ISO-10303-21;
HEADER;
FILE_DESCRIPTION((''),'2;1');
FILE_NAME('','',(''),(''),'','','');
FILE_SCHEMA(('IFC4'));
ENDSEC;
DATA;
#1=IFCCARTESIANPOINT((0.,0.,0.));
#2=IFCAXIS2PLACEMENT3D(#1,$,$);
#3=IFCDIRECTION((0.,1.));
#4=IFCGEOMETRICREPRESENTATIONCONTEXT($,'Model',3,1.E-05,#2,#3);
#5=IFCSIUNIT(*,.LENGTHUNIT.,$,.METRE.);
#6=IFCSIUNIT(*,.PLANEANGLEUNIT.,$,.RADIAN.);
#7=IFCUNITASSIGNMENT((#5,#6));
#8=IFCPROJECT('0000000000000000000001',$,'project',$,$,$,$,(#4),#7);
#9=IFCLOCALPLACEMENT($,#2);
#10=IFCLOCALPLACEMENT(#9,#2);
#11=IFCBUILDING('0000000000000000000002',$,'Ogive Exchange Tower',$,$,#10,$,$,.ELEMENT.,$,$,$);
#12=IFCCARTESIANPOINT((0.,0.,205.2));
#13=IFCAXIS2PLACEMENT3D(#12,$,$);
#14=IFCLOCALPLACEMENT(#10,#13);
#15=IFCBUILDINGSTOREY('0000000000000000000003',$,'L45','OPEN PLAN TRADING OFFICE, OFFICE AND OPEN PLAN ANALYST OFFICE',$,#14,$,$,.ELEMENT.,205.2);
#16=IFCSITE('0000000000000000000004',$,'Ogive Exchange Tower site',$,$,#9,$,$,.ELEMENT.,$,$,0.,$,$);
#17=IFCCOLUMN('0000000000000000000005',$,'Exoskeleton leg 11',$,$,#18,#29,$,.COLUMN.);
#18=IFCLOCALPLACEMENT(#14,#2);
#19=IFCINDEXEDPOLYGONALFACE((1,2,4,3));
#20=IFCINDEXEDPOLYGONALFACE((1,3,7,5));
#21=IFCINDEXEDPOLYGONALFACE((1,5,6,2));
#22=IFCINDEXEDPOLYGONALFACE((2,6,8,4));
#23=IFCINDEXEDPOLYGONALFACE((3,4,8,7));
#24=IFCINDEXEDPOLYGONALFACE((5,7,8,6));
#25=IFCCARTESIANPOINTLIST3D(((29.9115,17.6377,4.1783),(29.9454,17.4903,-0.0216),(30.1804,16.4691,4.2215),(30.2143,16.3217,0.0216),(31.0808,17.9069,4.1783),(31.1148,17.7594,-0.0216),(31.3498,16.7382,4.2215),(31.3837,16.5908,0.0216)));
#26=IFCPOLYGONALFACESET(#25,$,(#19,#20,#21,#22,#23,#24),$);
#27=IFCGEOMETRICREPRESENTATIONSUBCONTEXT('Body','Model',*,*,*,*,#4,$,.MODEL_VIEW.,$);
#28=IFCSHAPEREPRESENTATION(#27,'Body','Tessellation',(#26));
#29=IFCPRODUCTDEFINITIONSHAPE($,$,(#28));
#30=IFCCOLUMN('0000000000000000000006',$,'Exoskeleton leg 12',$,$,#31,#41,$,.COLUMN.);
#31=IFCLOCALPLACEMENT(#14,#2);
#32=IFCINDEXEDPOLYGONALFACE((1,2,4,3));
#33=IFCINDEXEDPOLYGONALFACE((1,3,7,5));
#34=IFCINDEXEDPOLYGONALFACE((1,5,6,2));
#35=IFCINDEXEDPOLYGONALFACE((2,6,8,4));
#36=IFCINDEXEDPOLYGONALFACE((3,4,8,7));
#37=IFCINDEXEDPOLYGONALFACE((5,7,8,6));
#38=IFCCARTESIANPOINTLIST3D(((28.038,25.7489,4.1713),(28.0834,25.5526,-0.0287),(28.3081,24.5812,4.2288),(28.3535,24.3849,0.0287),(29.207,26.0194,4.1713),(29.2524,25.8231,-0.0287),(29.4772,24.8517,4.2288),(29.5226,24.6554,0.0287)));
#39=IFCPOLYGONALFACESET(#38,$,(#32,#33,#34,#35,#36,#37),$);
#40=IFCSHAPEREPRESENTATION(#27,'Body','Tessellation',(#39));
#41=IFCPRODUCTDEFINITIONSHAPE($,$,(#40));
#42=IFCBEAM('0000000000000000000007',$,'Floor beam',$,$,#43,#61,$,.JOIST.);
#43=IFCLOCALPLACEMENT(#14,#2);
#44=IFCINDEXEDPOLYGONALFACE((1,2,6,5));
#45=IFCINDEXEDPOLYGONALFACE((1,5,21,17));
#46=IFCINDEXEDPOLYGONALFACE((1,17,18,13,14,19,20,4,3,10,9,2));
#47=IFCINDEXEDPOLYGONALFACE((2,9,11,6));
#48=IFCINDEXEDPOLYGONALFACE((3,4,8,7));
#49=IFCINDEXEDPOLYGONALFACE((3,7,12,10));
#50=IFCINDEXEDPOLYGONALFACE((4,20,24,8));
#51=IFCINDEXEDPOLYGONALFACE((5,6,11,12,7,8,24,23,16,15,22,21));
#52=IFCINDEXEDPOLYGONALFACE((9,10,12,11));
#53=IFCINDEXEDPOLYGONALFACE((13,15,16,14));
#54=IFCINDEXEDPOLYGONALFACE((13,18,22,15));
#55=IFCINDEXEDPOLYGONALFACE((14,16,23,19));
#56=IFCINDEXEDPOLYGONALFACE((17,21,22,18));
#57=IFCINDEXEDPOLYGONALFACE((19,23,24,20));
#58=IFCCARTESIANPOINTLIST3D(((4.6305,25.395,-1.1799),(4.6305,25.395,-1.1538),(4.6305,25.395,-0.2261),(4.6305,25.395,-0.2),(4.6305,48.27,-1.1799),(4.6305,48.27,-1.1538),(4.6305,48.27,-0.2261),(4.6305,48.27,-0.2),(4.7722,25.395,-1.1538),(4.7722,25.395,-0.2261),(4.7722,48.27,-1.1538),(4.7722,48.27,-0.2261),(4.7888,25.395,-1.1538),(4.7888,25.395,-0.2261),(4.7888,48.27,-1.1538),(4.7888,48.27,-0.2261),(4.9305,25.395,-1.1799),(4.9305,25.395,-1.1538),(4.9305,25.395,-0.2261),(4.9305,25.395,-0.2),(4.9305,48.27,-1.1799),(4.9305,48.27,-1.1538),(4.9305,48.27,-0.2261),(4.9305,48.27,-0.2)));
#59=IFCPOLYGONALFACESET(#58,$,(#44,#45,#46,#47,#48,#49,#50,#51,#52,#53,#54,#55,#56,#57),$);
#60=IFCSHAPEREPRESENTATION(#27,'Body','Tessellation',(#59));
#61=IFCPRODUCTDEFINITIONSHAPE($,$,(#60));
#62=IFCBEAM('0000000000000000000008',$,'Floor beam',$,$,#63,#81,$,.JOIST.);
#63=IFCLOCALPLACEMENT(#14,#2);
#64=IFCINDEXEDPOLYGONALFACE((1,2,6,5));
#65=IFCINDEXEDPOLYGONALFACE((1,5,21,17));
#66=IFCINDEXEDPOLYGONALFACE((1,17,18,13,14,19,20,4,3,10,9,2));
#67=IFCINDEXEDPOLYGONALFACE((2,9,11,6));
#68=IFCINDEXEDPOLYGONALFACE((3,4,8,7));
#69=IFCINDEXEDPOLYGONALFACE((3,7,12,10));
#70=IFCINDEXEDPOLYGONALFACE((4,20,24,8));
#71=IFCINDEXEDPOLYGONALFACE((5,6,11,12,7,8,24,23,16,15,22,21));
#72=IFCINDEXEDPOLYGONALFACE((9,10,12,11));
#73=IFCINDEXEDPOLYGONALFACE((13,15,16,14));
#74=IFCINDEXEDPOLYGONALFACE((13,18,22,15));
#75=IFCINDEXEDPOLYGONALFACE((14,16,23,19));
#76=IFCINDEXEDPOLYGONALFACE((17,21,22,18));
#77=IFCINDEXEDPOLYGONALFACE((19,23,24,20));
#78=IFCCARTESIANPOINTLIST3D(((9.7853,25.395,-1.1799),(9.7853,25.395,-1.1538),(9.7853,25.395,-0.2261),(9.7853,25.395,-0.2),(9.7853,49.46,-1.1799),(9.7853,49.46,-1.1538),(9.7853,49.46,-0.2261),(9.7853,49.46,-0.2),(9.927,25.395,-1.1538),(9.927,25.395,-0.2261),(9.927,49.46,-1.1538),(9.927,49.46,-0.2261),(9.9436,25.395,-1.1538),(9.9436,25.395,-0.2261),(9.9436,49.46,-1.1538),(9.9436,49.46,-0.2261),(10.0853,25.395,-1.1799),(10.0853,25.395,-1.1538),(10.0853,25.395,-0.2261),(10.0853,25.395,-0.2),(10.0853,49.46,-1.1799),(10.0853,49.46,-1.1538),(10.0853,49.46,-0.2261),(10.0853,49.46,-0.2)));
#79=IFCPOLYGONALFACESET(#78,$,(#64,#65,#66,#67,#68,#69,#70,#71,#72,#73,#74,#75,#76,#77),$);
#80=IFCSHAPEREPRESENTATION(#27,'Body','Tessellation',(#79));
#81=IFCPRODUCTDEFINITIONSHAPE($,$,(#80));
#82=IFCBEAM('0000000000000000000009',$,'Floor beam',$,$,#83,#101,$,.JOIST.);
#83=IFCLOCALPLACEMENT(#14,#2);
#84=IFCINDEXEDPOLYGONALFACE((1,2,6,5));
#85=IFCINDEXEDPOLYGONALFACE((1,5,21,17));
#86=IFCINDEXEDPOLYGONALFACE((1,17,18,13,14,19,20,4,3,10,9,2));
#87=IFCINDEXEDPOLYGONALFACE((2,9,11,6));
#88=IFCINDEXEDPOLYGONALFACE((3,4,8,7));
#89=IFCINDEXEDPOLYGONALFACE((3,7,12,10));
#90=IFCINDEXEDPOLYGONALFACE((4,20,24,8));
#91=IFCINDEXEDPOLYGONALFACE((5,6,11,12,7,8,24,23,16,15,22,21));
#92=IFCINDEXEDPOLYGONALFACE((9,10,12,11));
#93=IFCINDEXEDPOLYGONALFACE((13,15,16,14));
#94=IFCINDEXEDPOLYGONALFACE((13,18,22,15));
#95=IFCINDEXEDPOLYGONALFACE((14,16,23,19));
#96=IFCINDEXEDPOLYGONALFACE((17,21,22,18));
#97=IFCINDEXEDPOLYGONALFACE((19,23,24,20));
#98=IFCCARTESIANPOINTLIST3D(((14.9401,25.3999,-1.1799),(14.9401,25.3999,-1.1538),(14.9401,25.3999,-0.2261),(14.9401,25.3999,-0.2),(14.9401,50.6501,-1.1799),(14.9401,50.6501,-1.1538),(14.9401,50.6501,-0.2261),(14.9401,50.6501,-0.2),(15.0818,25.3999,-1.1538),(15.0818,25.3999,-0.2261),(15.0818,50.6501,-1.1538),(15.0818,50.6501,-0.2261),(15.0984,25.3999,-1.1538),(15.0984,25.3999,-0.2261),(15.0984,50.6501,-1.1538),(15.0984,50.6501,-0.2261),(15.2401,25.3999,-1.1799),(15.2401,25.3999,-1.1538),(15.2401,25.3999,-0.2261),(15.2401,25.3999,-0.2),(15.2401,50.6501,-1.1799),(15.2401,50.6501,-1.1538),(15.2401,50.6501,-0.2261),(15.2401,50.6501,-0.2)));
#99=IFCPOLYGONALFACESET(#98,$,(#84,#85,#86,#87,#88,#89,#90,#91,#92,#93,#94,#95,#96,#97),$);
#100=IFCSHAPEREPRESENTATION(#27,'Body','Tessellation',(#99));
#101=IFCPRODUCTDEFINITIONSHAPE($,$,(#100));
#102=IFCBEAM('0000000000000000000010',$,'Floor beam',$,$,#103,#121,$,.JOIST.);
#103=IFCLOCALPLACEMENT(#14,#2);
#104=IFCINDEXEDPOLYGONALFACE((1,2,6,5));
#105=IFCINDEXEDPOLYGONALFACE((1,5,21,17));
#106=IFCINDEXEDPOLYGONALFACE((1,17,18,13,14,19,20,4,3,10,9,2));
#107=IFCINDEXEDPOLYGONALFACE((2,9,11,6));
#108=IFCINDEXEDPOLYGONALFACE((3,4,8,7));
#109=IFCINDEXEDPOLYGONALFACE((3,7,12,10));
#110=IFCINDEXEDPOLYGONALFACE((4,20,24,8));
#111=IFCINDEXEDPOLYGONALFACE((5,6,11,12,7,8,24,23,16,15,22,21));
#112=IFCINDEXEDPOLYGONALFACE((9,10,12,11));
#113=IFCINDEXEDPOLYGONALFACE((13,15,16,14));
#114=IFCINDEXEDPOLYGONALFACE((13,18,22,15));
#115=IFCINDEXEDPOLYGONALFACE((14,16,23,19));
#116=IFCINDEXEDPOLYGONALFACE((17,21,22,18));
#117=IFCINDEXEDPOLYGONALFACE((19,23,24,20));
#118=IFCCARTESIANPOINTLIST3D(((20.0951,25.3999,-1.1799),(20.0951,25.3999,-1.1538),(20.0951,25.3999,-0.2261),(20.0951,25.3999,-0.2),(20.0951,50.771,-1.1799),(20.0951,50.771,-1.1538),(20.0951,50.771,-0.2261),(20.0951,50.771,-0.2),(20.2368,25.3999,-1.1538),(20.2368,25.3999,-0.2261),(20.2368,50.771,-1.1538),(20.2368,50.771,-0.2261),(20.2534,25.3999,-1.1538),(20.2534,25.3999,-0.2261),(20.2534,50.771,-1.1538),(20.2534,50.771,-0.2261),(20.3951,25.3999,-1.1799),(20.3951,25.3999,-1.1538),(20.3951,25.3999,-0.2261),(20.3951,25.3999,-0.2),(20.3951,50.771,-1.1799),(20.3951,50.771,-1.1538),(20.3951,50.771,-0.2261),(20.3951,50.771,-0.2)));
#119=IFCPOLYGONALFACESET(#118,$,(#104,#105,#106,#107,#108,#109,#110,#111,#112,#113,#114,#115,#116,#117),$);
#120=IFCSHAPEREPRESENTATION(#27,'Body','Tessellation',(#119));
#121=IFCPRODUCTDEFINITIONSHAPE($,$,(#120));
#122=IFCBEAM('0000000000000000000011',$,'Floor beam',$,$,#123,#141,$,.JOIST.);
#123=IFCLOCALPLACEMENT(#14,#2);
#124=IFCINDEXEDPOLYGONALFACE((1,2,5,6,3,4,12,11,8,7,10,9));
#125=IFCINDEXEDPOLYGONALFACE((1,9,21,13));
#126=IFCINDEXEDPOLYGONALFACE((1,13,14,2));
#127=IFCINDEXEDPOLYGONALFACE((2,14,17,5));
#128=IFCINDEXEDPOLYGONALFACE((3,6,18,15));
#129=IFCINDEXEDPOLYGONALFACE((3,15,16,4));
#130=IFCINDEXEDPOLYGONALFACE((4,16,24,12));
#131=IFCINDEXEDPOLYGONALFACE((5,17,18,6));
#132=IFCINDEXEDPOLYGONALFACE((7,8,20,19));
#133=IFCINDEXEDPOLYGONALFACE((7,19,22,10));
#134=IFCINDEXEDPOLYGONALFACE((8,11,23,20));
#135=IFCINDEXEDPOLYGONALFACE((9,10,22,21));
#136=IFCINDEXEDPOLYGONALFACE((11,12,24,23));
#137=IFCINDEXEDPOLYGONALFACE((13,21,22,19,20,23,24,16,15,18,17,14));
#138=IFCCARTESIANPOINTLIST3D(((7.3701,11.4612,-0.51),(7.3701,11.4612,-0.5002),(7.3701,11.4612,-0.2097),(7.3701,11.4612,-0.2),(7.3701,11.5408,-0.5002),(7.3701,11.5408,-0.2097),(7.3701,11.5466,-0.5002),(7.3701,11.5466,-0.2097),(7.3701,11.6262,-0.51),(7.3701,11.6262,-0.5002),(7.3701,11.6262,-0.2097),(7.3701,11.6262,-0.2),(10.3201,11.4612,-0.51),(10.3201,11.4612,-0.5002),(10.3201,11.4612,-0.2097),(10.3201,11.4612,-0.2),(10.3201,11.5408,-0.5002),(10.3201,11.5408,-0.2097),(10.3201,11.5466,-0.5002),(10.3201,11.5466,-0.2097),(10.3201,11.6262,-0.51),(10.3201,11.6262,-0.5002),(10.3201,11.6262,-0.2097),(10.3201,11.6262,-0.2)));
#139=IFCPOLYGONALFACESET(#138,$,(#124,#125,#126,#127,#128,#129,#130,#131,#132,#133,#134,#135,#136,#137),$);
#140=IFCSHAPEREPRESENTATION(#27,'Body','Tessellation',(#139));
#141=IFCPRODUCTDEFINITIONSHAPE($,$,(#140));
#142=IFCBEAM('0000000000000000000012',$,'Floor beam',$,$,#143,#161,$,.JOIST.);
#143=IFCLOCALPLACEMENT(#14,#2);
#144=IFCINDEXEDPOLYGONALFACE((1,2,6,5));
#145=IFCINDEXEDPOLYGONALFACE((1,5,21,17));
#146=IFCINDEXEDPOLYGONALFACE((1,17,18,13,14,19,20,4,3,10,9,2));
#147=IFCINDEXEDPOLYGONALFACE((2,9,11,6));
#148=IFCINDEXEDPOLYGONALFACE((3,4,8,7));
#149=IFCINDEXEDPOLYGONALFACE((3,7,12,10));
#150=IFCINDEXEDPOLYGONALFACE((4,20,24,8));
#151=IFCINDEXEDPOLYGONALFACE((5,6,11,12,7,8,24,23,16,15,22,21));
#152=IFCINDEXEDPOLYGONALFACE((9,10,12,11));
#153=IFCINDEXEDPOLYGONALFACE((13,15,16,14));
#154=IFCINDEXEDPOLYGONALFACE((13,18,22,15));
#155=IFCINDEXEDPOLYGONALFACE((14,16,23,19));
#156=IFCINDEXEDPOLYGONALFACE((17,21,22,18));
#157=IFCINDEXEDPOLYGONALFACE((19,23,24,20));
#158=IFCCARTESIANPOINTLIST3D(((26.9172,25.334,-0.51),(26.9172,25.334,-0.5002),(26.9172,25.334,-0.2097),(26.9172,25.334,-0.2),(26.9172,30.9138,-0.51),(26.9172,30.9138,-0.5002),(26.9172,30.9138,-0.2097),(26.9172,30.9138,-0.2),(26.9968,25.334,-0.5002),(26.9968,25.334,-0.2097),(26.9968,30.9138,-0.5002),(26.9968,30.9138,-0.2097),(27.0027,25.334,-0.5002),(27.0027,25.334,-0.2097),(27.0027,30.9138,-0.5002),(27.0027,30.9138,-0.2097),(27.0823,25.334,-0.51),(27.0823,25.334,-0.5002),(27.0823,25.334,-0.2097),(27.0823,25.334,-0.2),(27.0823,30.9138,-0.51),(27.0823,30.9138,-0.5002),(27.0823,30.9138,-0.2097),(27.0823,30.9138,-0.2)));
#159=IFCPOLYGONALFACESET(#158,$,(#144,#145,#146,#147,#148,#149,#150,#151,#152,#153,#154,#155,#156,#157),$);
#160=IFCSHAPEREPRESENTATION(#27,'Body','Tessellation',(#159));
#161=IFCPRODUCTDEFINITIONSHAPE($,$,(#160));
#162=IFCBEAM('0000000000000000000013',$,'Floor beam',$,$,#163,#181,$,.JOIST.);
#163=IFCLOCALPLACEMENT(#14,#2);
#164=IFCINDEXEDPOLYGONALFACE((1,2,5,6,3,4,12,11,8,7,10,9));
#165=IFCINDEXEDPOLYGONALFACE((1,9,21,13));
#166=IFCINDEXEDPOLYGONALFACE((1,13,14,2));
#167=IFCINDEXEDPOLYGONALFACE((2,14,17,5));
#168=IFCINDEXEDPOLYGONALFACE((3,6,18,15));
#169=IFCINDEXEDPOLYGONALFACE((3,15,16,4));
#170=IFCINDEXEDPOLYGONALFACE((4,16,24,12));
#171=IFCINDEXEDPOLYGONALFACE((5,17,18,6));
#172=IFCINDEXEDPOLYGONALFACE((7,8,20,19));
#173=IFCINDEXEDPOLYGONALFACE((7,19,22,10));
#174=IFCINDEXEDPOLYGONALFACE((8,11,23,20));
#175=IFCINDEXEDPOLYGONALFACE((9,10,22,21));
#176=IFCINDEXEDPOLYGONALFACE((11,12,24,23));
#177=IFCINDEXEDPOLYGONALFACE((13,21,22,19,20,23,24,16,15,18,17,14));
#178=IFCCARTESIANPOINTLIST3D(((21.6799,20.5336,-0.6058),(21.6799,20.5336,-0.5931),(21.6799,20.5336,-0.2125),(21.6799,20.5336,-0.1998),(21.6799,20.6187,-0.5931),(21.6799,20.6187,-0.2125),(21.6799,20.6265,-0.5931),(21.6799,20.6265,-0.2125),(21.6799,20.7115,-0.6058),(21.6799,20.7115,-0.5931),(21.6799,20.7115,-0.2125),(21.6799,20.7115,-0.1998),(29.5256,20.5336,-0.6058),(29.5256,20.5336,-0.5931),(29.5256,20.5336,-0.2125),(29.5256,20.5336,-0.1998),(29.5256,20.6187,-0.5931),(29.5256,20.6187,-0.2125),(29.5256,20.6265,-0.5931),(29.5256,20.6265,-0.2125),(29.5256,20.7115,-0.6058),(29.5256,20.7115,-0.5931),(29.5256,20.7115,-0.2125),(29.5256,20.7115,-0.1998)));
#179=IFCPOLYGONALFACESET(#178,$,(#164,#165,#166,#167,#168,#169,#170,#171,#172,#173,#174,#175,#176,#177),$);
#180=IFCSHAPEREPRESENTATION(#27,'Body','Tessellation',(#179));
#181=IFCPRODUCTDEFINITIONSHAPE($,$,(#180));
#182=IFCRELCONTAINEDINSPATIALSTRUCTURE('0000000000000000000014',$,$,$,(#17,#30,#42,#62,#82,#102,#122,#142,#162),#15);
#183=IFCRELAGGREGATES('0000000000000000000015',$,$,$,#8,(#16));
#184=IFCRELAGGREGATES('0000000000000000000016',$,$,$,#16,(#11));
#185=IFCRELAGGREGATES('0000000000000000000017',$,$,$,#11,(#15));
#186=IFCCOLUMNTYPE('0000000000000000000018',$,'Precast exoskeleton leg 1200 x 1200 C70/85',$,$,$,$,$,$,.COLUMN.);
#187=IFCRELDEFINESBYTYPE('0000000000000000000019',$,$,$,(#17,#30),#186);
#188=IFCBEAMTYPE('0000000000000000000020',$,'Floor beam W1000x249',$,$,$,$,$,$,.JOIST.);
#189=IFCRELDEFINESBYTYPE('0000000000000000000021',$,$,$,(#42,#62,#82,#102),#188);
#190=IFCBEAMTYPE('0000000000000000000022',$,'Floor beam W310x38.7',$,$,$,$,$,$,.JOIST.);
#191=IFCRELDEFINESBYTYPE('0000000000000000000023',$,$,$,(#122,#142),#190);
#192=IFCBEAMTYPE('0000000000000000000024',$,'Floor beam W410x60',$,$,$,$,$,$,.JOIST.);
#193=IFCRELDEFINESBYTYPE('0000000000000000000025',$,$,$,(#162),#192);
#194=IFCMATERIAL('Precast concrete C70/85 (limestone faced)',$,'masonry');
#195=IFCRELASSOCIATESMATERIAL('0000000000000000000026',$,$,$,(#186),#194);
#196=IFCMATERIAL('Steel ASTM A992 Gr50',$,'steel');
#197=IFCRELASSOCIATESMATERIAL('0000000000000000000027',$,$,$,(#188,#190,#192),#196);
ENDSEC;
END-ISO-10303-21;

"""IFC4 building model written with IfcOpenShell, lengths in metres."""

from ifc_helpers import new_model, si_unit, direction, frame, origin, origin_2d, place, context, subcontext, project, spatial, rectangle, i_section, extrude, material, material_profile, profile_set, type_object, element, save


model = new_model("IFC4")

# Units and contexts
model_context = context("Model", 3, precision=1e-05, world=origin(), true_north=direction((0.0, 1.0)))
body_context = subcontext(model_context, "Body", "Model", "MODEL_VIEW")
ifc_project = project(units=[si_unit("LENGTHUNIT", "METRE"), si_unit("PLANEANGLEUNIT", "RADIAN")], contexts=[model_context])

# Site, building, storey
site_placement = place(None, origin())
site = spatial("IfcSite", under=ifc_project, at=site_placement, Name="Ogive Exchange Tower site", CompositionType="ELEMENT", RefElevation=0.0)
building_placement = place(site_placement, origin())
building = spatial("IfcBuilding", under=site, at=building_placement, Name="Ogive Exchange Tower", CompositionType="ELEMENT")
storey_placement = place(building_placement, frame((0.0, 0.0, 205.2)))
storey = spatial("IfcBuildingStorey", under=building, at=storey_placement, Name="L45", Description="OPEN PLAN TRADING OFFICE, OFFICE AND OPEN PLAN ANALYST OFFICE", CompositionType="ELEMENT", Elevation=205.2)

# Columns
ifc_material_1 = material(Name="Precast concrete C70/85 (limestone faced)", Category="masonry")
ifc_material_profile_1 = material_profile(ifc_material_1, rectangle(XDim=1.2, YDim=1.2, at=origin_2d()), Name="1200 x 1200")
ifc_profile_set_1 = profile_set([ifc_material_profile_1], Name="Precast concrete C70/85 (limestone faced)")
column_type = type_object("IfcColumnType", Name="Precast exoskeleton leg 1200 x 1200 C70/85", PredefinedType="COLUMN", material=ifc_profile_set_1)
column_1_placement = place(storey_placement, frame((30.6646, 17.0405, 0.0), z_axis=(-0.008075, 0.035087, 0.999352), x_axis=(-0.974527, -0.22427, 0.0)))
element("IfcColumn", 1, at=column_1_placement, inside=storey, type_object=column_type, Name="Exoskeleton leg 11", PredefinedType="COLUMN", context=body_context, shape_type="SweptSolid", body=[
    extrude(rectangle(XDim=1.2, YDim=1.2, at=origin_2d()), origin(), (0.0, 0.0, 1.0), 4.2026),
])
column_2_placement = place(storey_placement, frame((28.803, 25.104, 0.0), z_axis=(-0.0108, 0.046682, 0.998851), x_axis=(-0.974269, -0.22539, 0.0)))
element("IfcColumn", 2, at=column_2_placement, inside=storey, type_object=column_type, Name="Exoskeleton leg 12", PredefinedType="COLUMN", context=body_context, shape_type="SweptSolid", body=[
    extrude(rectangle(XDim=1.2, YDim=1.2, at=origin_2d()), origin(), (0.0, 0.0, 1.0), 4.2048),
])

# Beams
ifc_material_2 = material(Name="Steel ASTM A992 Gr50", Category="steel")
ifc_material_profile_2 = material_profile(ifc_material_2, i_section(OverallWidth=0.3, OverallDepth=0.98, WebThickness=0.0166, FlangeThickness=0.0261, at=origin_2d()), Name="W1000x249")
ifc_profile_set_2 = profile_set([ifc_material_profile_2], Name="Steel ASTM A992 Gr50")
beam_type_1 = type_object("IfcBeamType", Name="Floor beam W1000x249", PredefinedType="JOIST", material=ifc_profile_set_2)
beam_1_placement = place(storey_placement, frame((4.7805, 25.395, -0.6899), z_axis=(0.0, 1.0, 0.0), x_axis=(-1.0, 0.0, 0.0)))
element("IfcBeam", 3, at=beam_1_placement, inside=storey, type_object=beam_type_1, Name="Floor beam", PredefinedType="JOIST", context=body_context, shape_type="SweptSolid", body=[
    extrude(i_section(OverallWidth=0.3, OverallDepth=0.98, WebThickness=0.0166, FlangeThickness=0.0261, at=origin_2d()), origin(), (0.0, 0.0, 1.0), 22.875),
])
beam_2_placement = place(storey_placement, frame((9.9353, 25.395, -0.6899), z_axis=(0.0, 1.0, 0.0), x_axis=(-1.0, 0.0, 0.0)))
element("IfcBeam", 4, at=beam_2_placement, inside=storey, type_object=beam_type_1, Name="Floor beam", PredefinedType="JOIST", context=body_context, shape_type="SweptSolid", body=[
    extrude(i_section(OverallWidth=0.3, OverallDepth=0.98, WebThickness=0.0166, FlangeThickness=0.0261, at=origin_2d()), origin(), (0.0, 0.0, 1.0), 24.0649),
])
beam_3_placement = place(storey_placement, frame((15.0901, 25.3999, -0.6899), z_axis=(0.0, 1.0, 0.0), x_axis=(-1.0, 0.0, 0.0)))
element("IfcBeam", 5, at=beam_3_placement, inside=storey, type_object=beam_type_1, Name="Floor beam", PredefinedType="JOIST", context=body_context, shape_type="SweptSolid", body=[
    extrude(i_section(OverallWidth=0.3, OverallDepth=0.98, WebThickness=0.0166, FlangeThickness=0.0261, at=origin_2d()), origin(), (0.0, 0.0, 1.0), 25.2502),
])
beam_4_placement = place(storey_placement, frame((20.2451, 25.3999, -0.6899), z_axis=(0.0, 1.0, 0.0), x_axis=(-1.0, 0.0, 0.0)))
element("IfcBeam", 6, at=beam_4_placement, inside=storey, type_object=beam_type_1, Name="Floor beam", PredefinedType="JOIST", context=body_context, shape_type="SweptSolid", body=[
    extrude(i_section(OverallWidth=0.3, OverallDepth=0.98, WebThickness=0.0166, FlangeThickness=0.0261, at=origin_2d()), origin(), (0.0, 0.0, 1.0), 25.3711),
])
ifc_material_profile_3 = material_profile(ifc_material_2, i_section(OverallWidth=0.165, OverallDepth=0.3101, WebThickness=0.0059, FlangeThickness=0.0098, at=origin_2d()), Name="W310x38.7")
ifc_profile_set_3 = profile_set([ifc_material_profile_3], Name="Steel ASTM A992 Gr50")
beam_type_2 = type_object("IfcBeamType", Name="Floor beam W310x38.7", PredefinedType="JOIST", material=ifc_profile_set_3)
beam_5_placement = place(storey_placement, frame((7.3701, 11.5437, -0.355), z_axis=(1.0, 0.0, 0.0), x_axis=(0.0, 1.0, 0.0)))
element("IfcBeam", 7, at=beam_5_placement, inside=storey, type_object=beam_type_2, Name="Floor beam", PredefinedType="JOIST", context=body_context, shape_type="SweptSolid", body=[
    extrude(i_section(OverallWidth=0.165, OverallDepth=0.3101, WebThickness=0.0059, FlangeThickness=0.0098, at=origin_2d()), origin(), (0.0, 0.0, 1.0), 2.95),
])
beam_6_placement = place(storey_placement, frame((26.9998, 25.334, -0.355), z_axis=(0.0, 1.0, 0.0), x_axis=(-1.0, 0.0, 0.0)))
element("IfcBeam", 8, at=beam_6_placement, inside=storey, type_object=beam_type_2, Name="Floor beam", PredefinedType="JOIST", context=body_context, shape_type="SweptSolid", body=[
    extrude(i_section(OverallWidth=0.165, OverallDepth=0.3101, WebThickness=0.0059, FlangeThickness=0.0098, at=origin_2d()), origin(), (0.0, 0.0, 1.0), 5.5798),
])
ifc_material_profile_4 = material_profile(ifc_material_2, i_section(OverallWidth=0.178, OverallDepth=0.406, WebThickness=0.0078, FlangeThickness=0.0127, at=origin_2d()), Name="W410x60")
ifc_profile_set_4 = profile_set([ifc_material_profile_4], Name="Steel ASTM A992 Gr50")
beam_type_3 = type_object("IfcBeamType", Name="Floor beam W410x60", PredefinedType="JOIST", material=ifc_profile_set_4)
beam_7_placement = place(storey_placement, frame((21.6799, 20.6226, -0.4028), z_axis=(1.0, 0.0, 0.0), x_axis=(0.0, 1.0, 0.0)))
element("IfcBeam", 9, at=beam_7_placement, inside=storey, type_object=beam_type_3, Name="Floor beam", PredefinedType="JOIST", context=body_context, shape_type="SweptSolid", body=[
    extrude(i_section(OverallWidth=0.178, OverallDepth=0.406, WebThickness=0.0078, FlangeThickness=0.0127, at=origin_2d()), origin(), (0.0, 0.0, 1.0), 7.8457),
])

save(model, "model.ifc")
